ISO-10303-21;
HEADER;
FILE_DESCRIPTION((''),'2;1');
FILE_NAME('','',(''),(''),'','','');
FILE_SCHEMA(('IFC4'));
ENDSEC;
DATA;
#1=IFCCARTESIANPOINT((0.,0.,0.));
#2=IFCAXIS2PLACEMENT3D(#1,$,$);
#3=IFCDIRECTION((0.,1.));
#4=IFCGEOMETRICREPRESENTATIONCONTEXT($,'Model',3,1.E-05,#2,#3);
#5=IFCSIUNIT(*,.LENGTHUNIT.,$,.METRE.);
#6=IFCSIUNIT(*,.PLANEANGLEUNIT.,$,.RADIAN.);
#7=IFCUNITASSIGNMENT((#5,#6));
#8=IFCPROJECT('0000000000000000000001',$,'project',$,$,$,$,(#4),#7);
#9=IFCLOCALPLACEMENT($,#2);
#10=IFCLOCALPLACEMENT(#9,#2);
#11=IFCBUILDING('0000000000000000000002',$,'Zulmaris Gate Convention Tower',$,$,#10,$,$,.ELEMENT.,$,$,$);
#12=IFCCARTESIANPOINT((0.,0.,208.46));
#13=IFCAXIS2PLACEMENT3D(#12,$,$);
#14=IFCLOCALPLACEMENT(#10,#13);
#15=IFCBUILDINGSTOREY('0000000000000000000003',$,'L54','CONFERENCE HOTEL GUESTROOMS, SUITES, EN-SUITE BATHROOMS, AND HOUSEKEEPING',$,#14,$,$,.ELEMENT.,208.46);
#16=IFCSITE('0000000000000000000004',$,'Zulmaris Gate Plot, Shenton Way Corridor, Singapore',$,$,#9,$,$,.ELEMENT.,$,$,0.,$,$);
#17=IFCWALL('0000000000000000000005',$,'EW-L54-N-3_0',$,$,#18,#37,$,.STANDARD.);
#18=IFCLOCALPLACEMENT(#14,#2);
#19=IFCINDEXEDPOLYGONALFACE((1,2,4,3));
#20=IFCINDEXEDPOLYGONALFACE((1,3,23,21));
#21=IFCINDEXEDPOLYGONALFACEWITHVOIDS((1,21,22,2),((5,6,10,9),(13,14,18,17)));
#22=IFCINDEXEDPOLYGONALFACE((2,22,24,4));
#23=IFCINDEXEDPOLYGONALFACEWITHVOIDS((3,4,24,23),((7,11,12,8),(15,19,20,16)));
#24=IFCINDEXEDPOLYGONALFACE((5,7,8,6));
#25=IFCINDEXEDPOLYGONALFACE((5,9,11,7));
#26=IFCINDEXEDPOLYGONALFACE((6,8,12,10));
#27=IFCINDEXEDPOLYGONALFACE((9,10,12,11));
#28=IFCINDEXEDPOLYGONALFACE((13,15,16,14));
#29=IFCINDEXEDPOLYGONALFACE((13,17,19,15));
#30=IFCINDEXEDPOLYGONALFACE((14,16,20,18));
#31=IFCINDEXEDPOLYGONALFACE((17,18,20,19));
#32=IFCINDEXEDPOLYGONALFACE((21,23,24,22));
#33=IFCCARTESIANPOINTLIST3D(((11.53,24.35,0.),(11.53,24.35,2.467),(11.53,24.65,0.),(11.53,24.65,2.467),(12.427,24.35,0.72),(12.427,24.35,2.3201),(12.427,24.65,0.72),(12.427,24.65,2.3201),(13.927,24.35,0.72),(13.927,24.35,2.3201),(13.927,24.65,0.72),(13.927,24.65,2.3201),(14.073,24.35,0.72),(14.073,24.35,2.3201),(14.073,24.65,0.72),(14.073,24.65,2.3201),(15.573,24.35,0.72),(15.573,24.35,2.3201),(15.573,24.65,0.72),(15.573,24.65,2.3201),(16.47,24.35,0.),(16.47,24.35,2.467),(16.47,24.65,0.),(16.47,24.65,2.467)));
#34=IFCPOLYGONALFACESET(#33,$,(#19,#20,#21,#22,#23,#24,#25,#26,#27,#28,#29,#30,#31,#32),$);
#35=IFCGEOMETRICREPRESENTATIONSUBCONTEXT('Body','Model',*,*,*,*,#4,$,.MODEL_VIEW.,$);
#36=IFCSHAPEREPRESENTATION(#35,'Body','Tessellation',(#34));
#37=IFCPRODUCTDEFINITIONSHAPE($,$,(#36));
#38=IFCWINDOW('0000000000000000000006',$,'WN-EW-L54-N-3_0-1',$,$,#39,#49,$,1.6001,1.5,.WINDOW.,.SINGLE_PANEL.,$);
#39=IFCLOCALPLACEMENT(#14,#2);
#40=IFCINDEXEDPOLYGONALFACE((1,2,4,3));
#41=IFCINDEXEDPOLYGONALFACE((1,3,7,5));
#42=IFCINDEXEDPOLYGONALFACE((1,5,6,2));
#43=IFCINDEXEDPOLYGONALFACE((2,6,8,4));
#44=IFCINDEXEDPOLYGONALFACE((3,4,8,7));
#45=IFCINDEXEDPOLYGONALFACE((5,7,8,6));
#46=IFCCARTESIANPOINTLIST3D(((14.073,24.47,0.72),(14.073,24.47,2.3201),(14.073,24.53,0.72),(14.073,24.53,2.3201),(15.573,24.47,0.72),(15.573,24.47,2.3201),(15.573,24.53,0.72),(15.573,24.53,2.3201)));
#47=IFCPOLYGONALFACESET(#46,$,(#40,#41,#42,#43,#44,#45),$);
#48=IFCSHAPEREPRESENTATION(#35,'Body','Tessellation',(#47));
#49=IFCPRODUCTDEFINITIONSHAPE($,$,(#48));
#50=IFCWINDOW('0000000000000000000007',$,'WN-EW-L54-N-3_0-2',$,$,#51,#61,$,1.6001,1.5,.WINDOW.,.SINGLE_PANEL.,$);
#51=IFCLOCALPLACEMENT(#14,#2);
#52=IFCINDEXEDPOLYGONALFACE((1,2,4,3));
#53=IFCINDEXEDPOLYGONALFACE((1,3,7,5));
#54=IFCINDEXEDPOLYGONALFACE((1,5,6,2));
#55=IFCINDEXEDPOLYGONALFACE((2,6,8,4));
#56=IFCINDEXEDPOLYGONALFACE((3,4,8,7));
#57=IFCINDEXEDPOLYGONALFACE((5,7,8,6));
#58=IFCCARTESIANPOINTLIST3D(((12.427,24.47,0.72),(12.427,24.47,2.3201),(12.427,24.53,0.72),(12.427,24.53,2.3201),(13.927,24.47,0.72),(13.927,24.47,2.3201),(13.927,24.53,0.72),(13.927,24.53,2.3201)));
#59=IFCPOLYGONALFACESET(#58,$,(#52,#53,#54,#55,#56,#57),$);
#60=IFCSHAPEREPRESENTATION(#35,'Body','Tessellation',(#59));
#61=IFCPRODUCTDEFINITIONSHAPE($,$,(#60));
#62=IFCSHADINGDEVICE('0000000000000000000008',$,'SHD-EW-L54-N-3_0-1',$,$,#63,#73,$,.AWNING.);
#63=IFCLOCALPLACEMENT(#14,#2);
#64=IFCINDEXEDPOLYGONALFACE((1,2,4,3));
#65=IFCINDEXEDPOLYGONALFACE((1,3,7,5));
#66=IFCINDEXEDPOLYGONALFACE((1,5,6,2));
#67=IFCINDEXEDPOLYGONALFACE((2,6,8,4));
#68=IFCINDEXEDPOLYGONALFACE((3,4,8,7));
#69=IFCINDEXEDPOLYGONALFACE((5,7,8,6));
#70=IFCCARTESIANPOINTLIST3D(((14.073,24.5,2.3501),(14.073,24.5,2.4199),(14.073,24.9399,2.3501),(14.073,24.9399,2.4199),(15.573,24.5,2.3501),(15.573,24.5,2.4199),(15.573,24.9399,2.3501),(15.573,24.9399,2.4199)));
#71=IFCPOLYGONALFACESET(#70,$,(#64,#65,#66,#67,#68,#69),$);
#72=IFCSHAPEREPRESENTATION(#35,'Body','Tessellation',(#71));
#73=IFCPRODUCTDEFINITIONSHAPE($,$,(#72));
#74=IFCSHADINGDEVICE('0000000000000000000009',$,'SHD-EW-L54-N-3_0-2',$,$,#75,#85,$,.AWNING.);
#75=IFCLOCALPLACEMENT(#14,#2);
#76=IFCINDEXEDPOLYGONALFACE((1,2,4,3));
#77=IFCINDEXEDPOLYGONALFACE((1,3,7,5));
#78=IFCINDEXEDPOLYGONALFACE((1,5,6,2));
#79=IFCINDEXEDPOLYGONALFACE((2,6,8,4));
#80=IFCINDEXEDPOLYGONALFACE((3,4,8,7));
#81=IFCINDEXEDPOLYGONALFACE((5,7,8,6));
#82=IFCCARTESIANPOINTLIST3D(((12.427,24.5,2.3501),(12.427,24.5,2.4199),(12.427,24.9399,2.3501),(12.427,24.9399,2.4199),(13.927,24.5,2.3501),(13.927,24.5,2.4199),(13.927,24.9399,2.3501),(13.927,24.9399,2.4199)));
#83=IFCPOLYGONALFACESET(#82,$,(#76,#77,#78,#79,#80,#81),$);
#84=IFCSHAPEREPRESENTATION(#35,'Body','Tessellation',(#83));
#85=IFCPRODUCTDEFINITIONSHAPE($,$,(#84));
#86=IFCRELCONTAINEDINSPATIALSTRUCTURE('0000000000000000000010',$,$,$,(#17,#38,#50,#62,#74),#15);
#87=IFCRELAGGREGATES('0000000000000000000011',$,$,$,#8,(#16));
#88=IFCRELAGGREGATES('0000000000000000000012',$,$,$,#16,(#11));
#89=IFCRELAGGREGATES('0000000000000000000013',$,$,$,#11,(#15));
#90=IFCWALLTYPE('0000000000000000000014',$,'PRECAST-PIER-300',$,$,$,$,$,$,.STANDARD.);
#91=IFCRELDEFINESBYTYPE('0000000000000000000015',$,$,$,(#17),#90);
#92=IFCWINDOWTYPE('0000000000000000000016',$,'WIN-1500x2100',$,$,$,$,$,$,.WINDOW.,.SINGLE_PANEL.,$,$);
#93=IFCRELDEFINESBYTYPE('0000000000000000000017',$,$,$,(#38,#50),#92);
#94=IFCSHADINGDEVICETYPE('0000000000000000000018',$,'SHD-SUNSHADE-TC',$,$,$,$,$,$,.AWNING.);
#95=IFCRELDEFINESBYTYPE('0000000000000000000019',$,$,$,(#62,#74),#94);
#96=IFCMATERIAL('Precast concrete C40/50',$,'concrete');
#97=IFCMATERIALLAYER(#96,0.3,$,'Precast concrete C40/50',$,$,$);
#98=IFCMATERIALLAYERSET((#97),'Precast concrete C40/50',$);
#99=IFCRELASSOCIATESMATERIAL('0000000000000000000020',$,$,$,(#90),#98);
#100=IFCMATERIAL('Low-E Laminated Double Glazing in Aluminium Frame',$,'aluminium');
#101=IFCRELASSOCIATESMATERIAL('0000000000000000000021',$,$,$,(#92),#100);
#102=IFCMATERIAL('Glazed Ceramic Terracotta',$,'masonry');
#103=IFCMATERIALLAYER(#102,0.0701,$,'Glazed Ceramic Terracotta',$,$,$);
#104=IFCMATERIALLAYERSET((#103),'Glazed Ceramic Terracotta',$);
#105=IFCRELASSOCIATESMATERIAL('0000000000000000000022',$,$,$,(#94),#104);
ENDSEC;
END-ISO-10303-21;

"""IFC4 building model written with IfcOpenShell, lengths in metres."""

from ifc_helpers import new_model, si_unit, direction, frame, frame_2d, origin, place, context, subcontext, project, spatial, rectangle, extrude, material, layer, layer_set, type_object, element, fill, save


model = new_model("IFC4")

# Units and contexts
model_context = context("Model", 3, precision=1e-05, world=origin(), true_north=direction((0.0, 1.0)))
body_context = subcontext(model_context, "Body", "Model", "MODEL_VIEW")
ifc_project = project(units=[si_unit("LENGTHUNIT", "METRE"), si_unit("PLANEANGLEUNIT", "RADIAN")], contexts=[model_context])

# Site, building, storey
site_placement = place(None, origin())
site = spatial("IfcSite", under=ifc_project, at=site_placement, Name="Zulmaris Gate Plot, Shenton Way Corridor, Singapore", CompositionType="ELEMENT", RefElevation=0.0)
building_placement = place(site_placement, origin())
building = spatial("IfcBuilding", under=site, at=building_placement, Name="Zulmaris Gate Convention Tower", CompositionType="ELEMENT")
storey_placement = place(building_placement, frame((0.0, 0.0, 208.46)))
storey = spatial("IfcBuildingStorey", under=building, at=storey_placement, Name="L54", Description="CONFERENCE HOTEL GUESTROOMS, SUITES, EN-SUITE BATHROOMS, AND HOUSEKEEPING", CompositionType="ELEMENT", Elevation=208.46)

# Wall, openings, windows
ifc_material_1 = material(Name="Precast concrete C40/50", Category="concrete")
ifc_layer_1 = layer(ifc_material_1, 0.3, Name="Precast concrete C40/50")
ifc_layer_set_1 = layer_set([ifc_layer_1], Name="Precast concrete C40/50")
wall_type_1 = type_object("IfcWallType", Name="PRECAST-PIER-300", PredefinedType="STANDARD", material=ifc_layer_set_1)
wall_1_placement = place(storey_placement, frame((16.47, 24.5, 0.0), z_axis=(0.0, 0.0, 1.0), x_axis=(-1.0, 0.0, 0.0)))
wall_1 = element("IfcWall", 1, at=wall_1_placement, inside=storey, type_object=wall_type_1, Name="EW-L54-N-3_0", PredefinedType="STANDARD", context=body_context, shape_type="SweptSolid", body=[
    extrude(rectangle(XDim=4.9399, YDim=0.3, at=frame_2d((2.47, 0.0))), origin(), (0.0, 0.0, 1.0), 2.467),
])
opening_1_placement = place(wall_1_placement, frame((0.897, 0.0, 0.72)))
opening_1 = element("IfcOpeningElement", 2, at=opening_1_placement, cuts=wall_1, PredefinedType="OPENING", context=body_context, shape_type="SweptSolid", body=[
    extrude(rectangle(XDim=1.5, YDim=1.6001, at=frame_2d((0.75, 0.8))), frame((0.0, 0.1602, 0.0), z_axis=(0.0, -1.0, 0.0), x_axis=(1.0, 0.0, 0.0)), (0.0, 0.0, 1.0), 0.3201),
])
opening_2_placement = place(wall_1_placement, frame((2.543, 0.0, 0.72)))
opening_2 = element("IfcOpeningElement", 3, at=opening_2_placement, cuts=wall_1, PredefinedType="OPENING", context=body_context, shape_type="SweptSolid", body=[
    extrude(rectangle(XDim=1.5, YDim=1.6001, at=frame_2d((0.75, 0.8))), frame((0.0, 0.1602, 0.0), z_axis=(0.0, -1.0, 0.0), x_axis=(1.0, 0.0, 0.0)), (0.0, 0.0, 1.0), 0.3201),
])
ifc_material_2 = material(Name="Low-E Laminated Double Glazing in Aluminium Frame", Category="aluminium")
window_type = type_object("IfcWindowType", Name="WIN-1500x2100", PartitioningType="SINGLE_PANEL", PredefinedType="WINDOW", material=ifc_material_2)
window_1_placement = place(opening_1_placement, origin())
window_1 = element("IfcWindow", 4, at=window_1_placement, inside=storey, type_object=window_type, Name="WN-EW-L54-N-3_0-1", OverallHeight=1.6001, OverallWidth=1.5, PartitioningType="SINGLE_PANEL", PredefinedType="WINDOW", context=body_context, shape_type="SweptSolid", body=[
    extrude(rectangle(XDim=1.5, YDim=1.6001, at=frame_2d((0.75, 0.8))), frame((0.0, 0.03, 0.0), z_axis=(0.0, -1.0, 0.0), x_axis=(1.0, 0.0, 0.0)), (0.0, 0.0, 1.0), 0.0601),
])
fill(opening_1, window_1)
window_2_placement = place(opening_2_placement, origin())
window_2 = element("IfcWindow", 5, at=window_2_placement, inside=storey, type_object=window_type, Name="WN-EW-L54-N-3_0-2", OverallHeight=1.6001, OverallWidth=1.5, PartitioningType="SINGLE_PANEL", PredefinedType="WINDOW", context=body_context, shape_type="SweptSolid", body=[
    extrude(rectangle(XDim=1.5, YDim=1.6001, at=frame_2d((0.75, 0.8))), frame((0.0, 0.03, 0.0), z_axis=(0.0, -1.0, 0.0), x_axis=(1.0, 0.0, 0.0)), (0.0, 0.0, 1.0), 0.0601),
])
fill(opening_2, window_2)

# Shading devices
ifc_material_3 = material(Name="Glazed Ceramic Terracotta", Category="masonry")
ifc_layer_2 = layer(ifc_material_3, 0.0701, Name="Glazed Ceramic Terracotta")
ifc_layer_set_2 = layer_set([ifc_layer_2], Name="Glazed Ceramic Terracotta")
shading_device_type = type_object("IfcShadingDeviceType", Name="SHD-SUNSHADE-TC", PredefinedType="AWNING", material=ifc_layer_set_2)
for number, where, z_axis, x_axis, name in (
    (6, (15.573, 24.72, 2.3501), (0.0, 0.0, 1.0), (-1.0, 0.0, 0.0), "SHD-EW-L54-N-3_0-1"),
    (7, (13.927, 24.72, 2.3501), (0.0, 0.0, 1.0), (-1.0, 0.0, 0.0), "SHD-EW-L54-N-3_0-2"),
):
    element("IfcShadingDevice", number, at=place(storey_placement, frame(where, z_axis=z_axis, x_axis=x_axis)), inside=storey, type_object=shading_device_type, Name=name, PredefinedType="AWNING", context=body_context, shape_type="SweptSolid", body=[
        extrude(rectangle(XDim=1.5, YDim=0.4399, at=frame_2d((0.75, 0.0))), origin(), (0.0, 0.0, 1.0), 0.0698),
    ])

save(model, "model.ifc")
